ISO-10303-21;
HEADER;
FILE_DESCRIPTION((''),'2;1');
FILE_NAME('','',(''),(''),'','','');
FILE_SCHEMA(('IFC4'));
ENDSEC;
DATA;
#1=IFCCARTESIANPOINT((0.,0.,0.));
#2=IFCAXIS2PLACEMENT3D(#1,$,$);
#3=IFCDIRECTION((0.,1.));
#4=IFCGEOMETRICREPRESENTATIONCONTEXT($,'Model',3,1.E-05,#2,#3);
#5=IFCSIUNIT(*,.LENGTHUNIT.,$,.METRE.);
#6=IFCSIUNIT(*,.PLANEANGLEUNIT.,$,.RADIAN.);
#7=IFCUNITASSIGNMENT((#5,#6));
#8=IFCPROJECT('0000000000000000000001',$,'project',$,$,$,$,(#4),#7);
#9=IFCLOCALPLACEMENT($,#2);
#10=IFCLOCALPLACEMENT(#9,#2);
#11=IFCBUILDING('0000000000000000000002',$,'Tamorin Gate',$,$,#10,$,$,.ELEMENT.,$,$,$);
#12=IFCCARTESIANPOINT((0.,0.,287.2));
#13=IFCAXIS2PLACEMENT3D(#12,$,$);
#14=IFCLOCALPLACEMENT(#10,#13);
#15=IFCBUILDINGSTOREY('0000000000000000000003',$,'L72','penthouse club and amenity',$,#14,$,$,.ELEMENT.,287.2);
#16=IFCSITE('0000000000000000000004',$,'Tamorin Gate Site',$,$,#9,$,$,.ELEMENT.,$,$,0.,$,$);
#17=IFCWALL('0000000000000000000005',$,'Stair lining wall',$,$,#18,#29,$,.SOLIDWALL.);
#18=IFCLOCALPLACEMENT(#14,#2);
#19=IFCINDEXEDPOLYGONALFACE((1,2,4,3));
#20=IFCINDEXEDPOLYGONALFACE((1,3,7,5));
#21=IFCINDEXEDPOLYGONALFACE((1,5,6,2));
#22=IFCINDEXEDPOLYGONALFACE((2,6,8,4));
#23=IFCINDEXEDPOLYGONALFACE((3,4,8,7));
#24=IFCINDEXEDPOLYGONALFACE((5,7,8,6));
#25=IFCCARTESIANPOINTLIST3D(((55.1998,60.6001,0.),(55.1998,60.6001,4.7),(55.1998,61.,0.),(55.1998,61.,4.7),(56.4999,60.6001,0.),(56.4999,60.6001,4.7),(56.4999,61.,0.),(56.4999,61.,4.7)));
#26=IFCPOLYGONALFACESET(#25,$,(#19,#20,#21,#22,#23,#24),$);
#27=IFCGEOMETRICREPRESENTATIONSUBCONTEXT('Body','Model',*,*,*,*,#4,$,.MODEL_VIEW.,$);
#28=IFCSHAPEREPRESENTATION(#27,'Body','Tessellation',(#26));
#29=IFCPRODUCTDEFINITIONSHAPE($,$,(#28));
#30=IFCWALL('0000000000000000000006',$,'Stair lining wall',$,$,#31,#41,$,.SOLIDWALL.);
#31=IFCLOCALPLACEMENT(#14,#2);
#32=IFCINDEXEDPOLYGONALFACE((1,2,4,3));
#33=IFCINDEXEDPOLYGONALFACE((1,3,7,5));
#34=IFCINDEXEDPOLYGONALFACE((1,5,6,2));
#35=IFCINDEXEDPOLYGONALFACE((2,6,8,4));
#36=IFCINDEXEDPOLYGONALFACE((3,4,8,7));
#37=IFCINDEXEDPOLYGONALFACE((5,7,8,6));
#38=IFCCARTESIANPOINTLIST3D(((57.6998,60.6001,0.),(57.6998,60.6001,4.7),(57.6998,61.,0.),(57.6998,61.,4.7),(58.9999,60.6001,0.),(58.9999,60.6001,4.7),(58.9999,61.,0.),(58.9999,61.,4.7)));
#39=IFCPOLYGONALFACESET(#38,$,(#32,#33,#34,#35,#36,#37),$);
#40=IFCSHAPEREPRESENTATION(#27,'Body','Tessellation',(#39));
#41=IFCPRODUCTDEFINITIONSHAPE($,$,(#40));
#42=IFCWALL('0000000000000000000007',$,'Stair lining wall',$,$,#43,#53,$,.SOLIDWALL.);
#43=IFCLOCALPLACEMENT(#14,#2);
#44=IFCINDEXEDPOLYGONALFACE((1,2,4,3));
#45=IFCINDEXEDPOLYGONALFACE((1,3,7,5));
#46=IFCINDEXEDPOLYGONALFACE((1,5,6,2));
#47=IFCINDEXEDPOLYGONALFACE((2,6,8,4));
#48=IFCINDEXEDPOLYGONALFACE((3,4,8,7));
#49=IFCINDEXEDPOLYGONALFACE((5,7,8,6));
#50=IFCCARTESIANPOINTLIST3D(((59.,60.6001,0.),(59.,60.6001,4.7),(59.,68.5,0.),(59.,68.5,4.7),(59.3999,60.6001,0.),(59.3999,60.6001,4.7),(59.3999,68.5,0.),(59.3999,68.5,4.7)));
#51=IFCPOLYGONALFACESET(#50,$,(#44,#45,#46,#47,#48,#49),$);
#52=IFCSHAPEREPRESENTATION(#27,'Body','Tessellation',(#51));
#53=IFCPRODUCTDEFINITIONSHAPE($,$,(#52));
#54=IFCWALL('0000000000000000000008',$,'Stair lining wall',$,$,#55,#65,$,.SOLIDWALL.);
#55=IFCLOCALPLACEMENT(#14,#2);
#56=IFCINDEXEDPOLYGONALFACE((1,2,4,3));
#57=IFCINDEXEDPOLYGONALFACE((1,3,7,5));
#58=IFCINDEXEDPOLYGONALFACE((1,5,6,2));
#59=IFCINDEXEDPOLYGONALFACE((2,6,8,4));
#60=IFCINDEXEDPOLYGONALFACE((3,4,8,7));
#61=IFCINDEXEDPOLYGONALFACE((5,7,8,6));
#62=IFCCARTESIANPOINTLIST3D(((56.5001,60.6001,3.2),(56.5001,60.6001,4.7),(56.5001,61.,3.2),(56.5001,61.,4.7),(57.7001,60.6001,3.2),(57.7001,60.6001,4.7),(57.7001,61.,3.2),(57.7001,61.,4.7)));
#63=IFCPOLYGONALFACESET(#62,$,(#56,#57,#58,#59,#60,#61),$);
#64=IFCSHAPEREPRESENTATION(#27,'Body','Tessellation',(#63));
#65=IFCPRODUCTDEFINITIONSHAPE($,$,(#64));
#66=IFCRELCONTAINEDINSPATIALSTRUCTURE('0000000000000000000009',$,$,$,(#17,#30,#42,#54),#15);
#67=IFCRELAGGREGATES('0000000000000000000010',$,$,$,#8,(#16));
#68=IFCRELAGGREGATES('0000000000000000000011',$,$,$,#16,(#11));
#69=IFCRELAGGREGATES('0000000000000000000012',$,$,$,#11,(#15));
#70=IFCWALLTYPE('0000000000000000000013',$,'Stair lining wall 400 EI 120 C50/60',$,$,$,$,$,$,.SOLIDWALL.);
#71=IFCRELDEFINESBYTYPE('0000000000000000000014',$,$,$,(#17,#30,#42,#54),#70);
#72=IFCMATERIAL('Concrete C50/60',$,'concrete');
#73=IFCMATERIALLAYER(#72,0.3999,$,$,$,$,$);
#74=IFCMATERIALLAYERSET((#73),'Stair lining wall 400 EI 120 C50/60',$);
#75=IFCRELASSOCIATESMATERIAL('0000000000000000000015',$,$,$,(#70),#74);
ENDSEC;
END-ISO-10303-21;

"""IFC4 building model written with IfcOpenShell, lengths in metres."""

from ifc_helpers import new_model, si_unit, direction, frame, frame_2d, origin, place, context, subcontext, project, spatial, rectangle, extrude, material, layer, layer_set, type_object, element, save


model = new_model("IFC4")

# Units and contexts
model_context = context("Model", 3, precision=1e-05, world=origin(), true_north=direction((0.0, 1.0)))
body_context = subcontext(model_context, "Body", "Model", "MODEL_VIEW")
ifc_project = project(units=[si_unit("LENGTHUNIT", "METRE"), si_unit("PLANEANGLEUNIT", "RADIAN")], contexts=[model_context])

# Site, building, storey
site_placement = place(None, origin())
site = spatial("IfcSite", under=ifc_project, at=site_placement, Name="Tamorin Gate Site", CompositionType="ELEMENT", RefElevation=0.0)
building_placement = place(site_placement, origin())
building = spatial("IfcBuilding", under=site, at=building_placement, Name="Tamorin Gate", CompositionType="ELEMENT")
storey_placement = place(building_placement, frame((0.0, 0.0, 287.2)))
storey = spatial("IfcBuildingStorey", under=building, at=storey_placement, Name="L72", Description="penthouse club and amenity", CompositionType="ELEMENT", Elevation=287.2)

# Shared definitions
ifc_material_1 = material(Name="Concrete C50/60", Category="concrete")

# Walls
ifc_layer_1 = layer(ifc_material_1, 0.3999)
ifc_layer_set_1 = layer_set([ifc_layer_1], Name="Stair lining wall 400 EI 120 C50/60")
wall_type_1 = type_object("IfcWallType", Name="Stair lining wall 400 EI 120 C50/60", PredefinedType="SOLIDWALL", material=ifc_layer_set_1)
for number, where, z_axis, x_axis, name in (
    (1, (55.2, 60.8, 0.0), (0.0, 0.0, 1.0), (1.0, 0.0, 0.0), "Stair lining wall"),
    (2, (57.7, 60.8, 0.0), (0.0, 0.0, 1.0), (1.0, 0.0, 0.0), "Stair lining wall"),
):
    element("IfcWall", number, at=place(storey_placement, frame(where, z_axis=z_axis, x_axis=x_axis)), inside=storey, type_object=wall_type_1, Name=name, PredefinedType="SOLIDWALL", context=body_context, shape_type="SweptSolid", body=[
        extrude(rectangle(XDim=1.3, YDim=0.3999, at=frame_2d((0.6499, 0.0))), origin(), (0.0, 0.0, 1.0), 4.7),
    ])
wall_1_placement = place(storey_placement, frame((59.2, 60.6001, 0.0), z_axis=(0.0, 0.0, 1.0), x_axis=(0.0, 1.0, 0.0)))
element("IfcWall", 3, at=wall_1_placement, inside=storey, type_object=wall_type_1, Name="Stair lining wall", PredefinedType="SOLIDWALL", context=body_context, shape_type="SweptSolid", body=[
    extrude(rectangle(XDim=7.8999, YDim=0.3999, at=frame_2d((3.95, 0.0))), origin(), (0.0, 0.0, 1.0), 4.7),
])
wall_2_placement = place(storey_placement, frame((56.5, 60.8, 3.2), z_axis=(0.0, 0.0, 1.0), x_axis=(1.0, 0.0, 0.0)))
element("IfcWall", 4, at=wall_2_placement, inside=storey, type_object=wall_type_1, Name="Stair lining wall", PredefinedType="SOLIDWALL", context=body_context, shape_type="SweptSolid", body=[
    extrude(rectangle(XDim=1.2, YDim=0.3999, at=frame_2d((0.6001, 0.0))), origin(), (0.0, 0.0, 1.0), 1.5),
])

save(model, "model.ifc")
